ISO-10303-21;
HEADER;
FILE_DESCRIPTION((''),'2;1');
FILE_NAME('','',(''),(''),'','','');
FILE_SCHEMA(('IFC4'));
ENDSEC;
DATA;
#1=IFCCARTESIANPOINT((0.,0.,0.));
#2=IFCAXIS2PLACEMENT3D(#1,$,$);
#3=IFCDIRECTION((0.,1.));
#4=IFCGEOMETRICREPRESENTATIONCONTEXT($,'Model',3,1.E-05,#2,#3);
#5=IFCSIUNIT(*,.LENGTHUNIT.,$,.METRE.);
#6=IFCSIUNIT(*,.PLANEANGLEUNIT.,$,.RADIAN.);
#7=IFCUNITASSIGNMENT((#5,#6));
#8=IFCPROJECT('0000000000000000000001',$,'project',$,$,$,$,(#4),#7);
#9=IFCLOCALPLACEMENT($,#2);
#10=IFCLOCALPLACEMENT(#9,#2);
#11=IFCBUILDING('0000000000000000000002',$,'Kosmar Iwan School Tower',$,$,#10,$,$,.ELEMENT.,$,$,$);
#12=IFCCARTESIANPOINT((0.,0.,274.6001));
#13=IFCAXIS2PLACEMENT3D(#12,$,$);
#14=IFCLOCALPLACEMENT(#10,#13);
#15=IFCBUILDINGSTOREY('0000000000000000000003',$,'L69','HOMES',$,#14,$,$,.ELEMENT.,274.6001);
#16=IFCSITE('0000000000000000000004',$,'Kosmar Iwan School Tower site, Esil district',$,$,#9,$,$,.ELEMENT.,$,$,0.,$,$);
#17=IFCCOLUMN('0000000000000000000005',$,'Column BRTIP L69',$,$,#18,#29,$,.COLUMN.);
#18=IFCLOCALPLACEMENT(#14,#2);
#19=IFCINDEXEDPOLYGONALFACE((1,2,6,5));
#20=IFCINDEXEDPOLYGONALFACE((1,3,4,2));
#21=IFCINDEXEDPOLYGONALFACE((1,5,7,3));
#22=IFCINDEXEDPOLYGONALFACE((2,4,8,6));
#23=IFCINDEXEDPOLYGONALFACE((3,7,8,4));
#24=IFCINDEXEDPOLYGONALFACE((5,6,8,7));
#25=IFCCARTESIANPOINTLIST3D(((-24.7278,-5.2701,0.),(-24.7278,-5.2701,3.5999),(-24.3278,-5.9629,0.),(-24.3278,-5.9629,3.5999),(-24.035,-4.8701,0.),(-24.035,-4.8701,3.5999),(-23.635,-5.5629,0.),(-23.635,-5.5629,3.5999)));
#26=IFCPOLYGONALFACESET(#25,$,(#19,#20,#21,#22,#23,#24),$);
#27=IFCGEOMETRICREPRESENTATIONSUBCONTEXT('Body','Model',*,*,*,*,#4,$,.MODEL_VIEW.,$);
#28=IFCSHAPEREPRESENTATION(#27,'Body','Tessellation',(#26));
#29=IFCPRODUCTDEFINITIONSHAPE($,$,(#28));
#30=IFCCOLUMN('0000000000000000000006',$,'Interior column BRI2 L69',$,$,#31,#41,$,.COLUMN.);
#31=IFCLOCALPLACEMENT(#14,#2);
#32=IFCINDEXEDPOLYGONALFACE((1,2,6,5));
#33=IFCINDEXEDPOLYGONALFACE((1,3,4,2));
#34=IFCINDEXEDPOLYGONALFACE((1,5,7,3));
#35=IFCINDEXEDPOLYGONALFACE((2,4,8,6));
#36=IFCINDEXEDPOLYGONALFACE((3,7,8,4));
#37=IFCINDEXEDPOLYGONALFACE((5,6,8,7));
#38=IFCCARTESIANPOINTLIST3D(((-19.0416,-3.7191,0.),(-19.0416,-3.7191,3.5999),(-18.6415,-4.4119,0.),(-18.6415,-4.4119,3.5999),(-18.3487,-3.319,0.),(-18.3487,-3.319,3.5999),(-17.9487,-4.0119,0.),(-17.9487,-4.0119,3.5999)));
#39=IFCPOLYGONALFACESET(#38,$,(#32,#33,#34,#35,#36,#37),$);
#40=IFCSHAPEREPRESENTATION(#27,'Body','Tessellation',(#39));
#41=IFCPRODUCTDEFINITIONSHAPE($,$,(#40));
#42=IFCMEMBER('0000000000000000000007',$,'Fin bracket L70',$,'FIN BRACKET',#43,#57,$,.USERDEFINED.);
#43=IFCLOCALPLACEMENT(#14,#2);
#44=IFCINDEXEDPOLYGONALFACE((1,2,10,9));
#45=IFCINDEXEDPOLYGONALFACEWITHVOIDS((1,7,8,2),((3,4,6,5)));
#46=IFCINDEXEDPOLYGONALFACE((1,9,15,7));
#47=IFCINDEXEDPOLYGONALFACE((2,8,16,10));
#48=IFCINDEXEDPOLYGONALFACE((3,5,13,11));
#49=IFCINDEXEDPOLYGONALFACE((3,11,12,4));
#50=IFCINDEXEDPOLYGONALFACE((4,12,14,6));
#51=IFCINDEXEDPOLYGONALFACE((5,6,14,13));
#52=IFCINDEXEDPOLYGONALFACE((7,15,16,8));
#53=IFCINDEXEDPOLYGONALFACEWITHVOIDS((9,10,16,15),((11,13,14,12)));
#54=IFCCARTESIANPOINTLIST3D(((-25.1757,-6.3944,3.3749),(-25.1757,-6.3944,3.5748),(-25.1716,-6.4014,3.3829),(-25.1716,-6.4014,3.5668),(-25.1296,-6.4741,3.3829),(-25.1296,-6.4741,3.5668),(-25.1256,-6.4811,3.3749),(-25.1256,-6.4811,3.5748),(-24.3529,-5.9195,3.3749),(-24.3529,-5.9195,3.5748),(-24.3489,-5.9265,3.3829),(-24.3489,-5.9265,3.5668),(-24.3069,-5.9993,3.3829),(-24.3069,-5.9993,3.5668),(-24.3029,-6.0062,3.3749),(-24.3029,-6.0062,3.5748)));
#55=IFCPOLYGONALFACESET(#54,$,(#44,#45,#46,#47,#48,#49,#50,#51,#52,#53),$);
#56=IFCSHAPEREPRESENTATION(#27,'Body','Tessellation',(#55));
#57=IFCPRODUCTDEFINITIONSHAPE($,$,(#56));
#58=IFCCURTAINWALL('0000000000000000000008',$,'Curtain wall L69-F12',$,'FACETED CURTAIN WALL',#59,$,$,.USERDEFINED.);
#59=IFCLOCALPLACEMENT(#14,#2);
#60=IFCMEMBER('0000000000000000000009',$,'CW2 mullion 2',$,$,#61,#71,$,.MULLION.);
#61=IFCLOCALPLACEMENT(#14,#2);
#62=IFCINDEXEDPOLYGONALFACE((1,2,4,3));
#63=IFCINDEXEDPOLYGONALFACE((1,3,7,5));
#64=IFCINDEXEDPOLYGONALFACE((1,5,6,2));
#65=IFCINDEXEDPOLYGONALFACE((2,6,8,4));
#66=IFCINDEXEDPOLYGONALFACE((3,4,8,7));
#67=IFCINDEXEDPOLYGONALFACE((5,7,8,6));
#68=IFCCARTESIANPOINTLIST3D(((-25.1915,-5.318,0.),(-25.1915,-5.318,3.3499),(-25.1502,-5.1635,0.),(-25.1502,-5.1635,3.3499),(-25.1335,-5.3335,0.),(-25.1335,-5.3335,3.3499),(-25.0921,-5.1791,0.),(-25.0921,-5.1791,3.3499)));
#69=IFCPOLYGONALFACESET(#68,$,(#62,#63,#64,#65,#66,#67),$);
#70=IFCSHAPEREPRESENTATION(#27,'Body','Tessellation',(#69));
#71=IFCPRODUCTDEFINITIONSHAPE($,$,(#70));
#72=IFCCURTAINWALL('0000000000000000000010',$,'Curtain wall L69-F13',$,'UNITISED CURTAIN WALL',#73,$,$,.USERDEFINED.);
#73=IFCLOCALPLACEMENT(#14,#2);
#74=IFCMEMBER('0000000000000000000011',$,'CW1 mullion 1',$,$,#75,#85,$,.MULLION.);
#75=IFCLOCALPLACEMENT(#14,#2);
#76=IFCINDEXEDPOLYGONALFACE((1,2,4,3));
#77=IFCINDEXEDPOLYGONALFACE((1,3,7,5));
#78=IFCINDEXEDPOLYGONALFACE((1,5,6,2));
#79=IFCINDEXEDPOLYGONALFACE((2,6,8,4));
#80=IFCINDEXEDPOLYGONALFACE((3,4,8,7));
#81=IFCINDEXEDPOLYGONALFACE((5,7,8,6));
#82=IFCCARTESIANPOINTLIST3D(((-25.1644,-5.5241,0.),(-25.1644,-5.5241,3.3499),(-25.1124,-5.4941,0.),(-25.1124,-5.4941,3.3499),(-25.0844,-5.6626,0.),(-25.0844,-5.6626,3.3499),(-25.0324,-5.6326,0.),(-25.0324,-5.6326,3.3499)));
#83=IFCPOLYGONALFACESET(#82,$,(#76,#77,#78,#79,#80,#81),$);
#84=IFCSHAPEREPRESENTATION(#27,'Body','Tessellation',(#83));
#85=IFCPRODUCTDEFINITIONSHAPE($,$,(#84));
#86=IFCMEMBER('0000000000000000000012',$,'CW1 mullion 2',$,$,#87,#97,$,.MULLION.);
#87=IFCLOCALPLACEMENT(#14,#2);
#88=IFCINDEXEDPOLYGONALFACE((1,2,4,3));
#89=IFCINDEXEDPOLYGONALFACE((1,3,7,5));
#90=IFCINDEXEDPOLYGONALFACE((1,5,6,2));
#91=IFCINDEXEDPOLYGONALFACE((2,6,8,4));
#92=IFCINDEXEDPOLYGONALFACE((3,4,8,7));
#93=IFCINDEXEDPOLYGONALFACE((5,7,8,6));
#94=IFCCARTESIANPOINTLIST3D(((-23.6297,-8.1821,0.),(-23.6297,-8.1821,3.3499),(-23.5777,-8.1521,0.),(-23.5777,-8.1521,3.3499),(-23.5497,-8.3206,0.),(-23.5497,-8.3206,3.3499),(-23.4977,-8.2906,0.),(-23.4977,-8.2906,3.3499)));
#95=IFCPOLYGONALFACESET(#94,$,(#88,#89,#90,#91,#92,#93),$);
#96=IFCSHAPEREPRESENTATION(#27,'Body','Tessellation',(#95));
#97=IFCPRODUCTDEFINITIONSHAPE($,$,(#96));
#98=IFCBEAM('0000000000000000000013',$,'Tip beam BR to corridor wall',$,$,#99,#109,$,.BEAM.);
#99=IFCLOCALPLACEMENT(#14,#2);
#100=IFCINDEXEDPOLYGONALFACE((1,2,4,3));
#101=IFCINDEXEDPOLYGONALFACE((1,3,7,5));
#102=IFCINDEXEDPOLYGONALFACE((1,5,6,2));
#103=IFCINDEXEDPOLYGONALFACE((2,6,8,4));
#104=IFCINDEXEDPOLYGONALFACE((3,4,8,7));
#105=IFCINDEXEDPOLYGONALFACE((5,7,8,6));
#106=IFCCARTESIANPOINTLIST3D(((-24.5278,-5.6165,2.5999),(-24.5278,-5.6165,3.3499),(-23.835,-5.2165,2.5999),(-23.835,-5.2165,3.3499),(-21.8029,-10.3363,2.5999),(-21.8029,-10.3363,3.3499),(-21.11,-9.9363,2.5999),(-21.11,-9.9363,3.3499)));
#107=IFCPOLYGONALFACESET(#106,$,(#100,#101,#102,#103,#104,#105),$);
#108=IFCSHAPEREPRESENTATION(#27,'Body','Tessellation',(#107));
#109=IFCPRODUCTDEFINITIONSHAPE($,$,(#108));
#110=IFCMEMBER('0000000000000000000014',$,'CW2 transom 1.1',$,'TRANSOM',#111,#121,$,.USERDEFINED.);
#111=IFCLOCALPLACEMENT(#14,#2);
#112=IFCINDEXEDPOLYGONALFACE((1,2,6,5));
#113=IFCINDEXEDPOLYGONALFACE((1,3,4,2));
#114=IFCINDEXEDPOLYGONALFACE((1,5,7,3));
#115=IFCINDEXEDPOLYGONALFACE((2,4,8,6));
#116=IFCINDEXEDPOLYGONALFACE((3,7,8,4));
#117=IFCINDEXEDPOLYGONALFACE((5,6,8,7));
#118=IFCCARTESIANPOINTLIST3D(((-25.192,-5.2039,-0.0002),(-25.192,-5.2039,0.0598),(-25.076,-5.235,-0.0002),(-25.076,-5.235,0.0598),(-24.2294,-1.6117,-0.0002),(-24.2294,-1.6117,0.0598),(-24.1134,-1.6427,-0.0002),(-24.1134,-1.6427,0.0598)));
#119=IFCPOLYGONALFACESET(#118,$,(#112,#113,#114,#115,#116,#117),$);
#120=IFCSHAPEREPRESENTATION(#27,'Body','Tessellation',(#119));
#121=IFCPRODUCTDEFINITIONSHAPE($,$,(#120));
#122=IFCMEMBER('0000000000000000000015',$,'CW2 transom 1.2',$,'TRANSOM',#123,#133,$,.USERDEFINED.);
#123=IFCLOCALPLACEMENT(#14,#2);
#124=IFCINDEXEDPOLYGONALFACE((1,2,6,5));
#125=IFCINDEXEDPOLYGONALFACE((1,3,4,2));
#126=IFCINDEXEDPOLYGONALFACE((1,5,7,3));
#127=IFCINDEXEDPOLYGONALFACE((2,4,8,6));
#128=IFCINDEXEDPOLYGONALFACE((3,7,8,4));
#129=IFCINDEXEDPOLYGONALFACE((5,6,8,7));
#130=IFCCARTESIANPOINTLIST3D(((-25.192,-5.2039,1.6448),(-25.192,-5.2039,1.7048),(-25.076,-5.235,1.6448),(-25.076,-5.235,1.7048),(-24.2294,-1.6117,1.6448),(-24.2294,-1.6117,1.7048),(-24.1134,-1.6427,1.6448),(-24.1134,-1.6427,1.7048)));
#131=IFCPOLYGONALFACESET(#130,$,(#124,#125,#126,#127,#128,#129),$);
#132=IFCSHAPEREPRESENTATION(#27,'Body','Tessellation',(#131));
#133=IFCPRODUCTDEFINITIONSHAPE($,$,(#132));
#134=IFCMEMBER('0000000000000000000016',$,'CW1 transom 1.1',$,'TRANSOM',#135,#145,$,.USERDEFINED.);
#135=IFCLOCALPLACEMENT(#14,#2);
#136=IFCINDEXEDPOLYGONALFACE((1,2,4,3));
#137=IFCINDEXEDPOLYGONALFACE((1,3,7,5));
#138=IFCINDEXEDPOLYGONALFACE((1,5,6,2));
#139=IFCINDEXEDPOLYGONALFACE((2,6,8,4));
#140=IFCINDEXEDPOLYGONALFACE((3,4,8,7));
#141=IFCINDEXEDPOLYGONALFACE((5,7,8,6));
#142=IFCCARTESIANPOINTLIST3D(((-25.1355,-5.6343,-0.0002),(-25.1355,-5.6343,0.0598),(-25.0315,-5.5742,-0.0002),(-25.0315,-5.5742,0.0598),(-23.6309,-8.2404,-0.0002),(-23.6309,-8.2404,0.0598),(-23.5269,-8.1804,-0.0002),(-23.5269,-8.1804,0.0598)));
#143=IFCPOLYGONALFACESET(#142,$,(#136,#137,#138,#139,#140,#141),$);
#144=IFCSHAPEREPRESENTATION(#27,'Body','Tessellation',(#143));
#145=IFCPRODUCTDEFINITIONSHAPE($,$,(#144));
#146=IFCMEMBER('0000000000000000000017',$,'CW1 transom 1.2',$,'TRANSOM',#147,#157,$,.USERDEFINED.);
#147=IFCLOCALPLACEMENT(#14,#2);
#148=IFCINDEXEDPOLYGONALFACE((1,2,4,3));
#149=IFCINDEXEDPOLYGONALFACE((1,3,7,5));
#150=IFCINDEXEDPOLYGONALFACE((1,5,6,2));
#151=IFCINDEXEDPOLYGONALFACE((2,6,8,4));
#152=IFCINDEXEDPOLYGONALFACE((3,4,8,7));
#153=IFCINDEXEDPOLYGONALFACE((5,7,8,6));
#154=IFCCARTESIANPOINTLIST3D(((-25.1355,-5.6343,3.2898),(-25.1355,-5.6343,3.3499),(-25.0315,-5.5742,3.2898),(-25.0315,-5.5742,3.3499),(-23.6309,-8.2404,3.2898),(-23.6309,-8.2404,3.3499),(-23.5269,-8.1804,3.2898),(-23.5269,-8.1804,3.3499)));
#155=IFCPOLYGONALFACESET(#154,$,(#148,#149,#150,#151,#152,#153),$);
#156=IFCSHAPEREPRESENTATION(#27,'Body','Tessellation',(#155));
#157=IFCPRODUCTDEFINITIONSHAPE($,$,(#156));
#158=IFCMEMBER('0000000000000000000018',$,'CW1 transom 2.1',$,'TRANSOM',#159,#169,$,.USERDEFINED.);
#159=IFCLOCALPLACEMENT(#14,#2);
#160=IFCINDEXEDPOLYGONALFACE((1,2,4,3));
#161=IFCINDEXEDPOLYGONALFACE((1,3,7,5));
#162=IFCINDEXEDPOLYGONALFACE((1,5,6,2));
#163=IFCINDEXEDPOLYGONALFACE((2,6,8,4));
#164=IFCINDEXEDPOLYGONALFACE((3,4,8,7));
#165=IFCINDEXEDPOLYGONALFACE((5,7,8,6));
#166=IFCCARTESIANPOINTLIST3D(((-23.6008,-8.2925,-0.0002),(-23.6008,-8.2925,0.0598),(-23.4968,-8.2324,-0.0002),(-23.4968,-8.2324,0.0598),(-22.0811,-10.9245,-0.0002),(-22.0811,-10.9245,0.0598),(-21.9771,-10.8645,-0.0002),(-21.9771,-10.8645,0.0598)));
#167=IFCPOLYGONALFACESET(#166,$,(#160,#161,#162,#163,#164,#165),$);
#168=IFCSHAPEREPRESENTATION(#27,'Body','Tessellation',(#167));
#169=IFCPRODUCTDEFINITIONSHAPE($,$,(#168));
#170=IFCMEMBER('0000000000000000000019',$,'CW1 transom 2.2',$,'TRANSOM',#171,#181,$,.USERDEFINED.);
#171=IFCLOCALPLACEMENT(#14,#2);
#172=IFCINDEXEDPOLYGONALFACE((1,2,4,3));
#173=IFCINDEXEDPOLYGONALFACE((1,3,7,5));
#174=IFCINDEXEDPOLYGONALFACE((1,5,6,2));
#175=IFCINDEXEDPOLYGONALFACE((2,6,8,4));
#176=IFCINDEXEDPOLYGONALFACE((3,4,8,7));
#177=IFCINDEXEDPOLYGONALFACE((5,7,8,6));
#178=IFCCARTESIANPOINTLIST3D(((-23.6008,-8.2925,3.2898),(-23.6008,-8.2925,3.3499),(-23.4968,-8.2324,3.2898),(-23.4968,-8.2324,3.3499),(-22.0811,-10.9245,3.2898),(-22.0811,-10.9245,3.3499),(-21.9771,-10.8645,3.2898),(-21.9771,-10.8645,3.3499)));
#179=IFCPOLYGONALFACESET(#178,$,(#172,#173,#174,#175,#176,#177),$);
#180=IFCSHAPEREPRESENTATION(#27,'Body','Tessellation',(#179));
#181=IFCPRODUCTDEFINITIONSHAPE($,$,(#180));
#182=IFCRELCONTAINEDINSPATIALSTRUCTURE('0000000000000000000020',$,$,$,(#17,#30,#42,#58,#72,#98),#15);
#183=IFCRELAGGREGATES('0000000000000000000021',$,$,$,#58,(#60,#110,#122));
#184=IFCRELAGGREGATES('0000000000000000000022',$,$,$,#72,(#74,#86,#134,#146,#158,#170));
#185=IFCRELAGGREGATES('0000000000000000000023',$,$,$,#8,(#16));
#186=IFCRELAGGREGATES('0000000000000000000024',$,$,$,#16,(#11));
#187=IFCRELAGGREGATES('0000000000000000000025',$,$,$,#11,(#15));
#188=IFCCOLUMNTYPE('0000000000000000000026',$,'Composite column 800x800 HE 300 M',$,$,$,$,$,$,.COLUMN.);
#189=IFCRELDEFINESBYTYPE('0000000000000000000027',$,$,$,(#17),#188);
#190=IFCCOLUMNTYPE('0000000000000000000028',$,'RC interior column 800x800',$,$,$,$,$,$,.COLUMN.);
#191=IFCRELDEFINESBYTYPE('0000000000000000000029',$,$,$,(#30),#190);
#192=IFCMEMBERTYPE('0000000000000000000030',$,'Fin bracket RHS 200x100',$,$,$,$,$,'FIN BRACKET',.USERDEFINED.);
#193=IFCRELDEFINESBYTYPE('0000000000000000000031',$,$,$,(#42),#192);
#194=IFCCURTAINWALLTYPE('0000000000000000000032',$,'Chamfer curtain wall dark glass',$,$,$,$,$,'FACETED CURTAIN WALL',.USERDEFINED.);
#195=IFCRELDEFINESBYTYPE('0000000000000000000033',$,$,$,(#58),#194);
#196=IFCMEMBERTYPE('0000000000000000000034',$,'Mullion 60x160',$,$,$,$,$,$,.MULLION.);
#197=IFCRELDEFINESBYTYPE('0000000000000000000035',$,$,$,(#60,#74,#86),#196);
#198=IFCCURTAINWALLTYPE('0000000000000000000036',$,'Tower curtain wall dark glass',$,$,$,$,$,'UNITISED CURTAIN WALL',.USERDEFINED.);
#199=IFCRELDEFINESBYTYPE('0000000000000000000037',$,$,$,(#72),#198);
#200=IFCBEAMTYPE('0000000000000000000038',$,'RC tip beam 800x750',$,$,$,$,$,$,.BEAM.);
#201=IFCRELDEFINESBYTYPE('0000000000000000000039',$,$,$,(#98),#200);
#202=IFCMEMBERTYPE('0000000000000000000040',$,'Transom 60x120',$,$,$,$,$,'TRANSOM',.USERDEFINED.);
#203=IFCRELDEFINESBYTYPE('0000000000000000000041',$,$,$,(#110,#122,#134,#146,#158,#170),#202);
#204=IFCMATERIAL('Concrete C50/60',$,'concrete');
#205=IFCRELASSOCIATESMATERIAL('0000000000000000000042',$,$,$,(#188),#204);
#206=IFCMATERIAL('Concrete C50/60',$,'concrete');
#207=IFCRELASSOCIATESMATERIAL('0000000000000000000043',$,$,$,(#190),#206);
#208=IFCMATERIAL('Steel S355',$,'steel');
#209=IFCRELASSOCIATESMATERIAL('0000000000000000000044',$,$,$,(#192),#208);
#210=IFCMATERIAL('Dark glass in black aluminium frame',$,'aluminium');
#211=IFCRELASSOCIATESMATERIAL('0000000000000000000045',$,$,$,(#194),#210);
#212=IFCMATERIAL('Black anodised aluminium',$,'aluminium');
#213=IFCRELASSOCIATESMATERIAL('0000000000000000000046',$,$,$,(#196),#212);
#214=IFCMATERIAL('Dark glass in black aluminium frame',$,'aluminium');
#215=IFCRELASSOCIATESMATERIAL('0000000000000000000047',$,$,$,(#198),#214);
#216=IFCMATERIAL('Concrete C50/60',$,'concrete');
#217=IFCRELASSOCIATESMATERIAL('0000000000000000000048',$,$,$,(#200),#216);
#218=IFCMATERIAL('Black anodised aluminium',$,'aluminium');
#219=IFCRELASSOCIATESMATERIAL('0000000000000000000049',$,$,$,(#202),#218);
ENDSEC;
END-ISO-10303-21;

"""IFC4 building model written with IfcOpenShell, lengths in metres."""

from ifc_helpers import new_model, si_unit, direction, frame, origin, origin_2d, place, context, subcontext, project, spatial, rectangle, hollow_rectangle, extrude, material, material_profile, profile_set, type_object, element, aggregate, save


model = new_model("IFC4")

# Units and contexts
model_context = context("Model", 3, precision=1e-05, world=origin(), true_north=direction((0.0, 1.0)))
body_context = subcontext(model_context, "Body", "Model", "MODEL_VIEW")
ifc_project = project(units=[si_unit("LENGTHUNIT", "METRE"), si_unit("PLANEANGLEUNIT", "RADIAN")], contexts=[model_context])

# Site, building, storey
site_placement = place(None, origin())
site = spatial("IfcSite", under=ifc_project, at=site_placement, Name="Kosmar Iwan School Tower site, Esil district", CompositionType="ELEMENT", RefElevation=0.0)
building_placement = place(site_placement, origin())
building = spatial("IfcBuilding", under=site, at=building_placement, Name="Kosmar Iwan School Tower", CompositionType="ELEMENT")
storey_placement = place(building_placement, frame((0.0, 0.0, 274.6001)))
storey = spatial("IfcBuildingStorey", under=building, at=storey_placement, Name="L69", Description="HOMES", CompositionType="ELEMENT", Elevation=274.6001)

# Columns
ifc_material_1 = material(Name="Concrete C50/60", Category="concrete")
ifc_material_profile_1 = material_profile(ifc_material_1, rectangle(XDim=0.8, YDim=0.8, at=origin_2d()), Name="RC 800x800 + HE 300 M")
ifc_profile_set_1 = profile_set([ifc_material_profile_1], Name="Concrete C50/60")
column_type_1 = type_object("IfcColumnType", Name="Composite column 800x800 HE 300 M", PredefinedType="COLUMN", material=ifc_profile_set_1)
column_1_placement = place(storey_placement, frame((-24.1814, -5.4165, 0.0), z_axis=(0.0, 0.0, 1.0), x_axis=(-0.866025, -0.5, 0.0)))
element("IfcColumn", 1, at=column_1_placement, inside=storey, type_object=column_type_1, Name="Column BRTIP L69", PredefinedType="COLUMN", context=body_context, shape_type="SweptSolid", body=[
    extrude(rectangle(XDim=0.8, YDim=0.8, at=origin_2d()), origin(), (0.0, 0.0, 1.0), 3.5999),
])
ifc_material_2 = material(Name="Concrete C50/60", Category="concrete")
ifc_material_profile_2 = material_profile(ifc_material_2, rectangle(XDim=0.8, YDim=0.8, at=origin_2d()), Name="RC 800x800")
ifc_profile_set_2 = profile_set([ifc_material_profile_2], Name="Concrete C50/60")
column_type_2 = type_object("IfcColumnType", Name="RC interior column 800x800", PredefinedType="COLUMN", material=ifc_profile_set_2)
column_2_placement = place(storey_placement, frame((-18.4951, -3.8655, 0.0), z_axis=(0.0, 0.0, 1.0), x_axis=(-0.866025, -0.5, 0.0)))
element("IfcColumn", 2, at=column_2_placement, inside=storey, type_object=column_type_2, Name="Interior column BRI2 L69", PredefinedType="COLUMN", context=body_context, shape_type="SweptSolid", body=[
    extrude(rectangle(XDim=0.8, YDim=0.8, at=origin_2d()), origin(), (0.0, 0.0, 1.0), 3.5999),
])

# Member
ifc_material_3 = material(Name="Steel S355", Category="steel")
ifc_material_profile_3 = material_profile(ifc_material_3, hollow_rectangle(XDim=0.1001, YDim=0.2, WallThickness=0.0081, at=origin_2d()), Name="RHS 200x100x8")
ifc_profile_set_3 = profile_set([ifc_material_profile_3], Name="Steel S355")
member_type_1 = type_object("IfcMemberType", Name="Fin bracket RHS 200x100", ElementType="FIN BRACKET", PredefinedType="USERDEFINED", material=ifc_profile_set_3)
member_1_placement = place(storey_placement, frame((-24.3279, -5.9629, 3.4749), z_axis=(-0.8661, -0.499871, 0.0), x_axis=(0.499871, -0.8661, 0.0)))
element("IfcMember", 3, at=member_1_placement, inside=storey, type_object=member_type_1, Name="Fin bracket L70", ObjectType="FIN BRACKET", PredefinedType="USERDEFINED", context=body_context, shape_type="SweptSolid", body=[
    extrude(hollow_rectangle(XDim=0.1001, YDim=0.2, WallThickness=0.0081, at=origin_2d()), origin(), (0.0, 0.0, 1.0), 0.95),
])

# Curtain wall, member
ifc_material_4 = material(Name="Dark glass in black aluminium frame", Category="aluminium")
curtain_wall_type_1 = type_object("IfcCurtainWallType", Name="Chamfer curtain wall dark glass", ElementType="FACETED CURTAIN WALL", PredefinedType="USERDEFINED", material=ifc_material_4)
curtain_wall_1_placement = place(storey_placement, origin())
curtain_wall_1 = element("IfcCurtainWall", 4, at=curtain_wall_1_placement, inside=storey, type_object=curtain_wall_type_1, Name="Curtain wall L69-F12", ObjectType="FACETED CURTAIN WALL", PredefinedType="USERDEFINED")
ifc_material_5 = material(Name="Black anodised aluminium", Category="aluminium")
ifc_material_profile_4 = material_profile(ifc_material_5, rectangle(XDim=0.0601, YDim=0.1599, at=origin_2d()), Name="MULLION 60x160")
ifc_profile_set_4 = profile_set([ifc_material_profile_4], Name="Black anodised aluminium")
member_type_2 = type_object("IfcMemberType", Name="Mullion 60x160", PredefinedType="MULLION", material=ifc_profile_set_4)
member_2_placement = place(storey_placement, frame((-25.1418, -5.2485, 0.0), z_axis=(0.0, 0.0, 1.0), x_axis=(0.965926, -0.258819, 0.0)))
member_2 = element("IfcMember", 5, at=member_2_placement, type_object=member_type_2, Name="CW2 mullion 2", PredefinedType="MULLION", context=body_context, shape_type="SweptSolid", body=[
    extrude(rectangle(XDim=0.0601, YDim=0.1599, at=origin_2d()), origin(), (0.0, 0.0, 1.0), 3.3499),
])

# Curtain wall, members
ifc_material_6 = material(Name="Dark glass in black aluminium frame", Category="aluminium")
curtain_wall_type_2 = type_object("IfcCurtainWallType", Name="Tower curtain wall dark glass", ElementType="UNITISED CURTAIN WALL", PredefinedType="USERDEFINED", material=ifc_material_6)
curtain_wall_2_placement = place(storey_placement, origin())
curtain_wall_2 = element("IfcCurtainWall", 6, at=curtain_wall_2_placement, inside=storey, type_object=curtain_wall_type_2, Name="Curtain wall L69-F13", ObjectType="UNITISED CURTAIN WALL", PredefinedType="USERDEFINED")
member_3_placement = place(storey_placement, frame((-25.0984, -5.5784, 0.0), z_axis=(0.0, 0.0, 1.0), x_axis=(0.866025, 0.5, 0.0)))
member_3 = element("IfcMember", 7, at=member_3_placement, type_object=member_type_2, Name="CW1 mullion 1", PredefinedType="MULLION", context=body_context, shape_type="SweptSolid", body=[
    extrude(rectangle(XDim=0.0601, YDim=0.1599, at=origin_2d()), origin(), (0.0, 0.0, 1.0), 3.3499),
])
member_4_placement = place(storey_placement, frame((-23.5637, -8.2363, 0.0), z_axis=(0.0, 0.0, 1.0), x_axis=(0.866025, 0.5, 0.0)))
member_4 = element("IfcMember", 8, at=member_4_placement, type_object=member_type_2, Name="CW1 mullion 2", PredefinedType="MULLION", context=body_context, shape_type="SweptSolid", body=[
    extrude(rectangle(XDim=0.0601, YDim=0.1599, at=origin_2d()), origin(), (0.0, 0.0, 1.0), 3.3499),
])

# Beam
ifc_material_7 = material(Name="Concrete C50/60", Category="concrete")
ifc_material_profile_5 = material_profile(ifc_material_7, rectangle(XDim=0.8, YDim=0.75, at=origin_2d()), Name="RC 800x750")
ifc_profile_set_5 = profile_set([ifc_material_profile_5], Name="Concrete C50/60")
beam_type = type_object("IfcBeamType", Name="RC tip beam 800x750", PredefinedType="BEAM", material=ifc_profile_set_5)
beam_placement = place(storey_placement, frame((-24.1814, -5.4165, 2.9749), z_axis=(0.499989, -0.866032, 0.0), x_axis=(0.866032, 0.499989, 0.0)))
element("IfcBeam", 9, at=beam_placement, inside=storey, type_object=beam_type, Name="Tip beam BR to corridor wall", PredefinedType="BEAM", context=body_context, shape_type="SweptSolid", body=[
    extrude(rectangle(XDim=0.8, YDim=0.75, at=origin_2d()), origin(), (0.0, 0.0, 1.0), 5.45),
])

# Members
ifc_material_8 = material(Name="Black anodised aluminium", Category="aluminium")
ifc_material_profile_6 = material_profile(ifc_material_8, rectangle(XDim=0.1201, YDim=0.0601, at=origin_2d()), Name="TRANSOM 60x120")
ifc_profile_set_6 = profile_set([ifc_material_profile_6], Name="Black anodised aluminium")
member_type_3 = type_object("IfcMemberType", Name="Transom 60x120", ElementType="TRANSOM", PredefinedType="USERDEFINED", material=ifc_profile_set_6)
member_5_placement = place(storey_placement, frame((-24.1714, -1.6272, 0.0298), z_axis=(-0.258843, -0.965919, 0.0), x_axis=(0.965919, -0.258843, 0.0)))
member_5 = element("IfcMember", 10, at=member_5_placement, type_object=member_type_3, Name="CW2 transom 1.1", ObjectType="TRANSOM", PredefinedType="USERDEFINED", context=body_context, shape_type="SweptSolid", body=[
    extrude(rectangle(XDim=0.1201, YDim=0.0601, at=origin_2d()), origin(), (0.0, 0.0, 1.0), 3.719),
])
member_6_placement = place(storey_placement, frame((-24.1714, -1.6272, 1.6748), z_axis=(-0.258843, -0.965919, 0.0), x_axis=(0.965919, -0.258843, 0.0)))
member_6 = element("IfcMember", 11, at=member_6_placement, type_object=member_type_3, Name="CW2 transom 1.2", ObjectType="TRANSOM", PredefinedType="USERDEFINED", context=body_context, shape_type="SweptSolid", body=[
    extrude(rectangle(XDim=0.1201, YDim=0.0601, at=origin_2d()), origin(), (0.0, 0.0, 1.0), 3.719),
])
member_7_placement = place(storey_placement, frame((-25.0835, -5.6042, 0.0298), z_axis=(0.499987, -0.866033, 0.0), x_axis=(0.866033, 0.499987, 0.0)))
member_7 = element("IfcMember", 12, at=member_7_placement, type_object=member_type_3, Name="CW1 transom 1.1", ObjectType="TRANSOM", PredefinedType="USERDEFINED", context=body_context, shape_type="SweptSolid", body=[
    extrude(rectangle(XDim=0.1201, YDim=0.0601, at=origin_2d()), origin(), (0.0, 0.0, 1.0), 3.0093),
])
member_8_placement = place(storey_placement, frame((-25.0835, -5.6042, 3.3198), z_axis=(0.499987, -0.866033, 0.0), x_axis=(0.866033, 0.499987, 0.0)))
member_8 = element("IfcMember", 13, at=member_8_placement, type_object=member_type_3, Name="CW1 transom 1.2", ObjectType="TRANSOM", PredefinedType="USERDEFINED", context=body_context, shape_type="SweptSolid", body=[
    extrude(rectangle(XDim=0.1201, YDim=0.0601, at=origin_2d()), origin(), (0.0, 0.0, 1.0), 3.0093),
])
member_9_placement = place(storey_placement, frame((-23.5488, -8.2625, 0.0298), z_axis=(0.500035, -0.866005, 0.0), x_axis=(0.866005, 0.500035, 0.0)))
member_9 = element("IfcMember", 14, at=member_9_placement, type_object=member_type_3, Name="CW1 transom 2.1", ObjectType="TRANSOM", PredefinedType="USERDEFINED", context=body_context, shape_type="SweptSolid", body=[
    extrude(rectangle(XDim=0.1201, YDim=0.0601, at=origin_2d()), origin(), (0.0, 0.0, 1.0), 3.0393),
])
member_10_placement = place(storey_placement, frame((-23.5488, -8.2625, 3.3198), z_axis=(0.500035, -0.866005, 0.0), x_axis=(0.866005, 0.500035, 0.0)))
member_10 = element("IfcMember", 15, at=member_10_placement, type_object=member_type_3, Name="CW1 transom 2.2", ObjectType="TRANSOM", PredefinedType="USERDEFINED", context=body_context, shape_type="SweptSolid", body=[
    extrude(rectangle(XDim=0.1201, YDim=0.0601, at=origin_2d()), origin(), (0.0, 0.0, 1.0), 3.0393),
])

aggregate(curtain_wall_1, [member_2, member_5, member_6])
aggregate(curtain_wall_2, [member_3, member_4, member_7, member_8, member_9, member_10])

save(model, "model.ifc")
